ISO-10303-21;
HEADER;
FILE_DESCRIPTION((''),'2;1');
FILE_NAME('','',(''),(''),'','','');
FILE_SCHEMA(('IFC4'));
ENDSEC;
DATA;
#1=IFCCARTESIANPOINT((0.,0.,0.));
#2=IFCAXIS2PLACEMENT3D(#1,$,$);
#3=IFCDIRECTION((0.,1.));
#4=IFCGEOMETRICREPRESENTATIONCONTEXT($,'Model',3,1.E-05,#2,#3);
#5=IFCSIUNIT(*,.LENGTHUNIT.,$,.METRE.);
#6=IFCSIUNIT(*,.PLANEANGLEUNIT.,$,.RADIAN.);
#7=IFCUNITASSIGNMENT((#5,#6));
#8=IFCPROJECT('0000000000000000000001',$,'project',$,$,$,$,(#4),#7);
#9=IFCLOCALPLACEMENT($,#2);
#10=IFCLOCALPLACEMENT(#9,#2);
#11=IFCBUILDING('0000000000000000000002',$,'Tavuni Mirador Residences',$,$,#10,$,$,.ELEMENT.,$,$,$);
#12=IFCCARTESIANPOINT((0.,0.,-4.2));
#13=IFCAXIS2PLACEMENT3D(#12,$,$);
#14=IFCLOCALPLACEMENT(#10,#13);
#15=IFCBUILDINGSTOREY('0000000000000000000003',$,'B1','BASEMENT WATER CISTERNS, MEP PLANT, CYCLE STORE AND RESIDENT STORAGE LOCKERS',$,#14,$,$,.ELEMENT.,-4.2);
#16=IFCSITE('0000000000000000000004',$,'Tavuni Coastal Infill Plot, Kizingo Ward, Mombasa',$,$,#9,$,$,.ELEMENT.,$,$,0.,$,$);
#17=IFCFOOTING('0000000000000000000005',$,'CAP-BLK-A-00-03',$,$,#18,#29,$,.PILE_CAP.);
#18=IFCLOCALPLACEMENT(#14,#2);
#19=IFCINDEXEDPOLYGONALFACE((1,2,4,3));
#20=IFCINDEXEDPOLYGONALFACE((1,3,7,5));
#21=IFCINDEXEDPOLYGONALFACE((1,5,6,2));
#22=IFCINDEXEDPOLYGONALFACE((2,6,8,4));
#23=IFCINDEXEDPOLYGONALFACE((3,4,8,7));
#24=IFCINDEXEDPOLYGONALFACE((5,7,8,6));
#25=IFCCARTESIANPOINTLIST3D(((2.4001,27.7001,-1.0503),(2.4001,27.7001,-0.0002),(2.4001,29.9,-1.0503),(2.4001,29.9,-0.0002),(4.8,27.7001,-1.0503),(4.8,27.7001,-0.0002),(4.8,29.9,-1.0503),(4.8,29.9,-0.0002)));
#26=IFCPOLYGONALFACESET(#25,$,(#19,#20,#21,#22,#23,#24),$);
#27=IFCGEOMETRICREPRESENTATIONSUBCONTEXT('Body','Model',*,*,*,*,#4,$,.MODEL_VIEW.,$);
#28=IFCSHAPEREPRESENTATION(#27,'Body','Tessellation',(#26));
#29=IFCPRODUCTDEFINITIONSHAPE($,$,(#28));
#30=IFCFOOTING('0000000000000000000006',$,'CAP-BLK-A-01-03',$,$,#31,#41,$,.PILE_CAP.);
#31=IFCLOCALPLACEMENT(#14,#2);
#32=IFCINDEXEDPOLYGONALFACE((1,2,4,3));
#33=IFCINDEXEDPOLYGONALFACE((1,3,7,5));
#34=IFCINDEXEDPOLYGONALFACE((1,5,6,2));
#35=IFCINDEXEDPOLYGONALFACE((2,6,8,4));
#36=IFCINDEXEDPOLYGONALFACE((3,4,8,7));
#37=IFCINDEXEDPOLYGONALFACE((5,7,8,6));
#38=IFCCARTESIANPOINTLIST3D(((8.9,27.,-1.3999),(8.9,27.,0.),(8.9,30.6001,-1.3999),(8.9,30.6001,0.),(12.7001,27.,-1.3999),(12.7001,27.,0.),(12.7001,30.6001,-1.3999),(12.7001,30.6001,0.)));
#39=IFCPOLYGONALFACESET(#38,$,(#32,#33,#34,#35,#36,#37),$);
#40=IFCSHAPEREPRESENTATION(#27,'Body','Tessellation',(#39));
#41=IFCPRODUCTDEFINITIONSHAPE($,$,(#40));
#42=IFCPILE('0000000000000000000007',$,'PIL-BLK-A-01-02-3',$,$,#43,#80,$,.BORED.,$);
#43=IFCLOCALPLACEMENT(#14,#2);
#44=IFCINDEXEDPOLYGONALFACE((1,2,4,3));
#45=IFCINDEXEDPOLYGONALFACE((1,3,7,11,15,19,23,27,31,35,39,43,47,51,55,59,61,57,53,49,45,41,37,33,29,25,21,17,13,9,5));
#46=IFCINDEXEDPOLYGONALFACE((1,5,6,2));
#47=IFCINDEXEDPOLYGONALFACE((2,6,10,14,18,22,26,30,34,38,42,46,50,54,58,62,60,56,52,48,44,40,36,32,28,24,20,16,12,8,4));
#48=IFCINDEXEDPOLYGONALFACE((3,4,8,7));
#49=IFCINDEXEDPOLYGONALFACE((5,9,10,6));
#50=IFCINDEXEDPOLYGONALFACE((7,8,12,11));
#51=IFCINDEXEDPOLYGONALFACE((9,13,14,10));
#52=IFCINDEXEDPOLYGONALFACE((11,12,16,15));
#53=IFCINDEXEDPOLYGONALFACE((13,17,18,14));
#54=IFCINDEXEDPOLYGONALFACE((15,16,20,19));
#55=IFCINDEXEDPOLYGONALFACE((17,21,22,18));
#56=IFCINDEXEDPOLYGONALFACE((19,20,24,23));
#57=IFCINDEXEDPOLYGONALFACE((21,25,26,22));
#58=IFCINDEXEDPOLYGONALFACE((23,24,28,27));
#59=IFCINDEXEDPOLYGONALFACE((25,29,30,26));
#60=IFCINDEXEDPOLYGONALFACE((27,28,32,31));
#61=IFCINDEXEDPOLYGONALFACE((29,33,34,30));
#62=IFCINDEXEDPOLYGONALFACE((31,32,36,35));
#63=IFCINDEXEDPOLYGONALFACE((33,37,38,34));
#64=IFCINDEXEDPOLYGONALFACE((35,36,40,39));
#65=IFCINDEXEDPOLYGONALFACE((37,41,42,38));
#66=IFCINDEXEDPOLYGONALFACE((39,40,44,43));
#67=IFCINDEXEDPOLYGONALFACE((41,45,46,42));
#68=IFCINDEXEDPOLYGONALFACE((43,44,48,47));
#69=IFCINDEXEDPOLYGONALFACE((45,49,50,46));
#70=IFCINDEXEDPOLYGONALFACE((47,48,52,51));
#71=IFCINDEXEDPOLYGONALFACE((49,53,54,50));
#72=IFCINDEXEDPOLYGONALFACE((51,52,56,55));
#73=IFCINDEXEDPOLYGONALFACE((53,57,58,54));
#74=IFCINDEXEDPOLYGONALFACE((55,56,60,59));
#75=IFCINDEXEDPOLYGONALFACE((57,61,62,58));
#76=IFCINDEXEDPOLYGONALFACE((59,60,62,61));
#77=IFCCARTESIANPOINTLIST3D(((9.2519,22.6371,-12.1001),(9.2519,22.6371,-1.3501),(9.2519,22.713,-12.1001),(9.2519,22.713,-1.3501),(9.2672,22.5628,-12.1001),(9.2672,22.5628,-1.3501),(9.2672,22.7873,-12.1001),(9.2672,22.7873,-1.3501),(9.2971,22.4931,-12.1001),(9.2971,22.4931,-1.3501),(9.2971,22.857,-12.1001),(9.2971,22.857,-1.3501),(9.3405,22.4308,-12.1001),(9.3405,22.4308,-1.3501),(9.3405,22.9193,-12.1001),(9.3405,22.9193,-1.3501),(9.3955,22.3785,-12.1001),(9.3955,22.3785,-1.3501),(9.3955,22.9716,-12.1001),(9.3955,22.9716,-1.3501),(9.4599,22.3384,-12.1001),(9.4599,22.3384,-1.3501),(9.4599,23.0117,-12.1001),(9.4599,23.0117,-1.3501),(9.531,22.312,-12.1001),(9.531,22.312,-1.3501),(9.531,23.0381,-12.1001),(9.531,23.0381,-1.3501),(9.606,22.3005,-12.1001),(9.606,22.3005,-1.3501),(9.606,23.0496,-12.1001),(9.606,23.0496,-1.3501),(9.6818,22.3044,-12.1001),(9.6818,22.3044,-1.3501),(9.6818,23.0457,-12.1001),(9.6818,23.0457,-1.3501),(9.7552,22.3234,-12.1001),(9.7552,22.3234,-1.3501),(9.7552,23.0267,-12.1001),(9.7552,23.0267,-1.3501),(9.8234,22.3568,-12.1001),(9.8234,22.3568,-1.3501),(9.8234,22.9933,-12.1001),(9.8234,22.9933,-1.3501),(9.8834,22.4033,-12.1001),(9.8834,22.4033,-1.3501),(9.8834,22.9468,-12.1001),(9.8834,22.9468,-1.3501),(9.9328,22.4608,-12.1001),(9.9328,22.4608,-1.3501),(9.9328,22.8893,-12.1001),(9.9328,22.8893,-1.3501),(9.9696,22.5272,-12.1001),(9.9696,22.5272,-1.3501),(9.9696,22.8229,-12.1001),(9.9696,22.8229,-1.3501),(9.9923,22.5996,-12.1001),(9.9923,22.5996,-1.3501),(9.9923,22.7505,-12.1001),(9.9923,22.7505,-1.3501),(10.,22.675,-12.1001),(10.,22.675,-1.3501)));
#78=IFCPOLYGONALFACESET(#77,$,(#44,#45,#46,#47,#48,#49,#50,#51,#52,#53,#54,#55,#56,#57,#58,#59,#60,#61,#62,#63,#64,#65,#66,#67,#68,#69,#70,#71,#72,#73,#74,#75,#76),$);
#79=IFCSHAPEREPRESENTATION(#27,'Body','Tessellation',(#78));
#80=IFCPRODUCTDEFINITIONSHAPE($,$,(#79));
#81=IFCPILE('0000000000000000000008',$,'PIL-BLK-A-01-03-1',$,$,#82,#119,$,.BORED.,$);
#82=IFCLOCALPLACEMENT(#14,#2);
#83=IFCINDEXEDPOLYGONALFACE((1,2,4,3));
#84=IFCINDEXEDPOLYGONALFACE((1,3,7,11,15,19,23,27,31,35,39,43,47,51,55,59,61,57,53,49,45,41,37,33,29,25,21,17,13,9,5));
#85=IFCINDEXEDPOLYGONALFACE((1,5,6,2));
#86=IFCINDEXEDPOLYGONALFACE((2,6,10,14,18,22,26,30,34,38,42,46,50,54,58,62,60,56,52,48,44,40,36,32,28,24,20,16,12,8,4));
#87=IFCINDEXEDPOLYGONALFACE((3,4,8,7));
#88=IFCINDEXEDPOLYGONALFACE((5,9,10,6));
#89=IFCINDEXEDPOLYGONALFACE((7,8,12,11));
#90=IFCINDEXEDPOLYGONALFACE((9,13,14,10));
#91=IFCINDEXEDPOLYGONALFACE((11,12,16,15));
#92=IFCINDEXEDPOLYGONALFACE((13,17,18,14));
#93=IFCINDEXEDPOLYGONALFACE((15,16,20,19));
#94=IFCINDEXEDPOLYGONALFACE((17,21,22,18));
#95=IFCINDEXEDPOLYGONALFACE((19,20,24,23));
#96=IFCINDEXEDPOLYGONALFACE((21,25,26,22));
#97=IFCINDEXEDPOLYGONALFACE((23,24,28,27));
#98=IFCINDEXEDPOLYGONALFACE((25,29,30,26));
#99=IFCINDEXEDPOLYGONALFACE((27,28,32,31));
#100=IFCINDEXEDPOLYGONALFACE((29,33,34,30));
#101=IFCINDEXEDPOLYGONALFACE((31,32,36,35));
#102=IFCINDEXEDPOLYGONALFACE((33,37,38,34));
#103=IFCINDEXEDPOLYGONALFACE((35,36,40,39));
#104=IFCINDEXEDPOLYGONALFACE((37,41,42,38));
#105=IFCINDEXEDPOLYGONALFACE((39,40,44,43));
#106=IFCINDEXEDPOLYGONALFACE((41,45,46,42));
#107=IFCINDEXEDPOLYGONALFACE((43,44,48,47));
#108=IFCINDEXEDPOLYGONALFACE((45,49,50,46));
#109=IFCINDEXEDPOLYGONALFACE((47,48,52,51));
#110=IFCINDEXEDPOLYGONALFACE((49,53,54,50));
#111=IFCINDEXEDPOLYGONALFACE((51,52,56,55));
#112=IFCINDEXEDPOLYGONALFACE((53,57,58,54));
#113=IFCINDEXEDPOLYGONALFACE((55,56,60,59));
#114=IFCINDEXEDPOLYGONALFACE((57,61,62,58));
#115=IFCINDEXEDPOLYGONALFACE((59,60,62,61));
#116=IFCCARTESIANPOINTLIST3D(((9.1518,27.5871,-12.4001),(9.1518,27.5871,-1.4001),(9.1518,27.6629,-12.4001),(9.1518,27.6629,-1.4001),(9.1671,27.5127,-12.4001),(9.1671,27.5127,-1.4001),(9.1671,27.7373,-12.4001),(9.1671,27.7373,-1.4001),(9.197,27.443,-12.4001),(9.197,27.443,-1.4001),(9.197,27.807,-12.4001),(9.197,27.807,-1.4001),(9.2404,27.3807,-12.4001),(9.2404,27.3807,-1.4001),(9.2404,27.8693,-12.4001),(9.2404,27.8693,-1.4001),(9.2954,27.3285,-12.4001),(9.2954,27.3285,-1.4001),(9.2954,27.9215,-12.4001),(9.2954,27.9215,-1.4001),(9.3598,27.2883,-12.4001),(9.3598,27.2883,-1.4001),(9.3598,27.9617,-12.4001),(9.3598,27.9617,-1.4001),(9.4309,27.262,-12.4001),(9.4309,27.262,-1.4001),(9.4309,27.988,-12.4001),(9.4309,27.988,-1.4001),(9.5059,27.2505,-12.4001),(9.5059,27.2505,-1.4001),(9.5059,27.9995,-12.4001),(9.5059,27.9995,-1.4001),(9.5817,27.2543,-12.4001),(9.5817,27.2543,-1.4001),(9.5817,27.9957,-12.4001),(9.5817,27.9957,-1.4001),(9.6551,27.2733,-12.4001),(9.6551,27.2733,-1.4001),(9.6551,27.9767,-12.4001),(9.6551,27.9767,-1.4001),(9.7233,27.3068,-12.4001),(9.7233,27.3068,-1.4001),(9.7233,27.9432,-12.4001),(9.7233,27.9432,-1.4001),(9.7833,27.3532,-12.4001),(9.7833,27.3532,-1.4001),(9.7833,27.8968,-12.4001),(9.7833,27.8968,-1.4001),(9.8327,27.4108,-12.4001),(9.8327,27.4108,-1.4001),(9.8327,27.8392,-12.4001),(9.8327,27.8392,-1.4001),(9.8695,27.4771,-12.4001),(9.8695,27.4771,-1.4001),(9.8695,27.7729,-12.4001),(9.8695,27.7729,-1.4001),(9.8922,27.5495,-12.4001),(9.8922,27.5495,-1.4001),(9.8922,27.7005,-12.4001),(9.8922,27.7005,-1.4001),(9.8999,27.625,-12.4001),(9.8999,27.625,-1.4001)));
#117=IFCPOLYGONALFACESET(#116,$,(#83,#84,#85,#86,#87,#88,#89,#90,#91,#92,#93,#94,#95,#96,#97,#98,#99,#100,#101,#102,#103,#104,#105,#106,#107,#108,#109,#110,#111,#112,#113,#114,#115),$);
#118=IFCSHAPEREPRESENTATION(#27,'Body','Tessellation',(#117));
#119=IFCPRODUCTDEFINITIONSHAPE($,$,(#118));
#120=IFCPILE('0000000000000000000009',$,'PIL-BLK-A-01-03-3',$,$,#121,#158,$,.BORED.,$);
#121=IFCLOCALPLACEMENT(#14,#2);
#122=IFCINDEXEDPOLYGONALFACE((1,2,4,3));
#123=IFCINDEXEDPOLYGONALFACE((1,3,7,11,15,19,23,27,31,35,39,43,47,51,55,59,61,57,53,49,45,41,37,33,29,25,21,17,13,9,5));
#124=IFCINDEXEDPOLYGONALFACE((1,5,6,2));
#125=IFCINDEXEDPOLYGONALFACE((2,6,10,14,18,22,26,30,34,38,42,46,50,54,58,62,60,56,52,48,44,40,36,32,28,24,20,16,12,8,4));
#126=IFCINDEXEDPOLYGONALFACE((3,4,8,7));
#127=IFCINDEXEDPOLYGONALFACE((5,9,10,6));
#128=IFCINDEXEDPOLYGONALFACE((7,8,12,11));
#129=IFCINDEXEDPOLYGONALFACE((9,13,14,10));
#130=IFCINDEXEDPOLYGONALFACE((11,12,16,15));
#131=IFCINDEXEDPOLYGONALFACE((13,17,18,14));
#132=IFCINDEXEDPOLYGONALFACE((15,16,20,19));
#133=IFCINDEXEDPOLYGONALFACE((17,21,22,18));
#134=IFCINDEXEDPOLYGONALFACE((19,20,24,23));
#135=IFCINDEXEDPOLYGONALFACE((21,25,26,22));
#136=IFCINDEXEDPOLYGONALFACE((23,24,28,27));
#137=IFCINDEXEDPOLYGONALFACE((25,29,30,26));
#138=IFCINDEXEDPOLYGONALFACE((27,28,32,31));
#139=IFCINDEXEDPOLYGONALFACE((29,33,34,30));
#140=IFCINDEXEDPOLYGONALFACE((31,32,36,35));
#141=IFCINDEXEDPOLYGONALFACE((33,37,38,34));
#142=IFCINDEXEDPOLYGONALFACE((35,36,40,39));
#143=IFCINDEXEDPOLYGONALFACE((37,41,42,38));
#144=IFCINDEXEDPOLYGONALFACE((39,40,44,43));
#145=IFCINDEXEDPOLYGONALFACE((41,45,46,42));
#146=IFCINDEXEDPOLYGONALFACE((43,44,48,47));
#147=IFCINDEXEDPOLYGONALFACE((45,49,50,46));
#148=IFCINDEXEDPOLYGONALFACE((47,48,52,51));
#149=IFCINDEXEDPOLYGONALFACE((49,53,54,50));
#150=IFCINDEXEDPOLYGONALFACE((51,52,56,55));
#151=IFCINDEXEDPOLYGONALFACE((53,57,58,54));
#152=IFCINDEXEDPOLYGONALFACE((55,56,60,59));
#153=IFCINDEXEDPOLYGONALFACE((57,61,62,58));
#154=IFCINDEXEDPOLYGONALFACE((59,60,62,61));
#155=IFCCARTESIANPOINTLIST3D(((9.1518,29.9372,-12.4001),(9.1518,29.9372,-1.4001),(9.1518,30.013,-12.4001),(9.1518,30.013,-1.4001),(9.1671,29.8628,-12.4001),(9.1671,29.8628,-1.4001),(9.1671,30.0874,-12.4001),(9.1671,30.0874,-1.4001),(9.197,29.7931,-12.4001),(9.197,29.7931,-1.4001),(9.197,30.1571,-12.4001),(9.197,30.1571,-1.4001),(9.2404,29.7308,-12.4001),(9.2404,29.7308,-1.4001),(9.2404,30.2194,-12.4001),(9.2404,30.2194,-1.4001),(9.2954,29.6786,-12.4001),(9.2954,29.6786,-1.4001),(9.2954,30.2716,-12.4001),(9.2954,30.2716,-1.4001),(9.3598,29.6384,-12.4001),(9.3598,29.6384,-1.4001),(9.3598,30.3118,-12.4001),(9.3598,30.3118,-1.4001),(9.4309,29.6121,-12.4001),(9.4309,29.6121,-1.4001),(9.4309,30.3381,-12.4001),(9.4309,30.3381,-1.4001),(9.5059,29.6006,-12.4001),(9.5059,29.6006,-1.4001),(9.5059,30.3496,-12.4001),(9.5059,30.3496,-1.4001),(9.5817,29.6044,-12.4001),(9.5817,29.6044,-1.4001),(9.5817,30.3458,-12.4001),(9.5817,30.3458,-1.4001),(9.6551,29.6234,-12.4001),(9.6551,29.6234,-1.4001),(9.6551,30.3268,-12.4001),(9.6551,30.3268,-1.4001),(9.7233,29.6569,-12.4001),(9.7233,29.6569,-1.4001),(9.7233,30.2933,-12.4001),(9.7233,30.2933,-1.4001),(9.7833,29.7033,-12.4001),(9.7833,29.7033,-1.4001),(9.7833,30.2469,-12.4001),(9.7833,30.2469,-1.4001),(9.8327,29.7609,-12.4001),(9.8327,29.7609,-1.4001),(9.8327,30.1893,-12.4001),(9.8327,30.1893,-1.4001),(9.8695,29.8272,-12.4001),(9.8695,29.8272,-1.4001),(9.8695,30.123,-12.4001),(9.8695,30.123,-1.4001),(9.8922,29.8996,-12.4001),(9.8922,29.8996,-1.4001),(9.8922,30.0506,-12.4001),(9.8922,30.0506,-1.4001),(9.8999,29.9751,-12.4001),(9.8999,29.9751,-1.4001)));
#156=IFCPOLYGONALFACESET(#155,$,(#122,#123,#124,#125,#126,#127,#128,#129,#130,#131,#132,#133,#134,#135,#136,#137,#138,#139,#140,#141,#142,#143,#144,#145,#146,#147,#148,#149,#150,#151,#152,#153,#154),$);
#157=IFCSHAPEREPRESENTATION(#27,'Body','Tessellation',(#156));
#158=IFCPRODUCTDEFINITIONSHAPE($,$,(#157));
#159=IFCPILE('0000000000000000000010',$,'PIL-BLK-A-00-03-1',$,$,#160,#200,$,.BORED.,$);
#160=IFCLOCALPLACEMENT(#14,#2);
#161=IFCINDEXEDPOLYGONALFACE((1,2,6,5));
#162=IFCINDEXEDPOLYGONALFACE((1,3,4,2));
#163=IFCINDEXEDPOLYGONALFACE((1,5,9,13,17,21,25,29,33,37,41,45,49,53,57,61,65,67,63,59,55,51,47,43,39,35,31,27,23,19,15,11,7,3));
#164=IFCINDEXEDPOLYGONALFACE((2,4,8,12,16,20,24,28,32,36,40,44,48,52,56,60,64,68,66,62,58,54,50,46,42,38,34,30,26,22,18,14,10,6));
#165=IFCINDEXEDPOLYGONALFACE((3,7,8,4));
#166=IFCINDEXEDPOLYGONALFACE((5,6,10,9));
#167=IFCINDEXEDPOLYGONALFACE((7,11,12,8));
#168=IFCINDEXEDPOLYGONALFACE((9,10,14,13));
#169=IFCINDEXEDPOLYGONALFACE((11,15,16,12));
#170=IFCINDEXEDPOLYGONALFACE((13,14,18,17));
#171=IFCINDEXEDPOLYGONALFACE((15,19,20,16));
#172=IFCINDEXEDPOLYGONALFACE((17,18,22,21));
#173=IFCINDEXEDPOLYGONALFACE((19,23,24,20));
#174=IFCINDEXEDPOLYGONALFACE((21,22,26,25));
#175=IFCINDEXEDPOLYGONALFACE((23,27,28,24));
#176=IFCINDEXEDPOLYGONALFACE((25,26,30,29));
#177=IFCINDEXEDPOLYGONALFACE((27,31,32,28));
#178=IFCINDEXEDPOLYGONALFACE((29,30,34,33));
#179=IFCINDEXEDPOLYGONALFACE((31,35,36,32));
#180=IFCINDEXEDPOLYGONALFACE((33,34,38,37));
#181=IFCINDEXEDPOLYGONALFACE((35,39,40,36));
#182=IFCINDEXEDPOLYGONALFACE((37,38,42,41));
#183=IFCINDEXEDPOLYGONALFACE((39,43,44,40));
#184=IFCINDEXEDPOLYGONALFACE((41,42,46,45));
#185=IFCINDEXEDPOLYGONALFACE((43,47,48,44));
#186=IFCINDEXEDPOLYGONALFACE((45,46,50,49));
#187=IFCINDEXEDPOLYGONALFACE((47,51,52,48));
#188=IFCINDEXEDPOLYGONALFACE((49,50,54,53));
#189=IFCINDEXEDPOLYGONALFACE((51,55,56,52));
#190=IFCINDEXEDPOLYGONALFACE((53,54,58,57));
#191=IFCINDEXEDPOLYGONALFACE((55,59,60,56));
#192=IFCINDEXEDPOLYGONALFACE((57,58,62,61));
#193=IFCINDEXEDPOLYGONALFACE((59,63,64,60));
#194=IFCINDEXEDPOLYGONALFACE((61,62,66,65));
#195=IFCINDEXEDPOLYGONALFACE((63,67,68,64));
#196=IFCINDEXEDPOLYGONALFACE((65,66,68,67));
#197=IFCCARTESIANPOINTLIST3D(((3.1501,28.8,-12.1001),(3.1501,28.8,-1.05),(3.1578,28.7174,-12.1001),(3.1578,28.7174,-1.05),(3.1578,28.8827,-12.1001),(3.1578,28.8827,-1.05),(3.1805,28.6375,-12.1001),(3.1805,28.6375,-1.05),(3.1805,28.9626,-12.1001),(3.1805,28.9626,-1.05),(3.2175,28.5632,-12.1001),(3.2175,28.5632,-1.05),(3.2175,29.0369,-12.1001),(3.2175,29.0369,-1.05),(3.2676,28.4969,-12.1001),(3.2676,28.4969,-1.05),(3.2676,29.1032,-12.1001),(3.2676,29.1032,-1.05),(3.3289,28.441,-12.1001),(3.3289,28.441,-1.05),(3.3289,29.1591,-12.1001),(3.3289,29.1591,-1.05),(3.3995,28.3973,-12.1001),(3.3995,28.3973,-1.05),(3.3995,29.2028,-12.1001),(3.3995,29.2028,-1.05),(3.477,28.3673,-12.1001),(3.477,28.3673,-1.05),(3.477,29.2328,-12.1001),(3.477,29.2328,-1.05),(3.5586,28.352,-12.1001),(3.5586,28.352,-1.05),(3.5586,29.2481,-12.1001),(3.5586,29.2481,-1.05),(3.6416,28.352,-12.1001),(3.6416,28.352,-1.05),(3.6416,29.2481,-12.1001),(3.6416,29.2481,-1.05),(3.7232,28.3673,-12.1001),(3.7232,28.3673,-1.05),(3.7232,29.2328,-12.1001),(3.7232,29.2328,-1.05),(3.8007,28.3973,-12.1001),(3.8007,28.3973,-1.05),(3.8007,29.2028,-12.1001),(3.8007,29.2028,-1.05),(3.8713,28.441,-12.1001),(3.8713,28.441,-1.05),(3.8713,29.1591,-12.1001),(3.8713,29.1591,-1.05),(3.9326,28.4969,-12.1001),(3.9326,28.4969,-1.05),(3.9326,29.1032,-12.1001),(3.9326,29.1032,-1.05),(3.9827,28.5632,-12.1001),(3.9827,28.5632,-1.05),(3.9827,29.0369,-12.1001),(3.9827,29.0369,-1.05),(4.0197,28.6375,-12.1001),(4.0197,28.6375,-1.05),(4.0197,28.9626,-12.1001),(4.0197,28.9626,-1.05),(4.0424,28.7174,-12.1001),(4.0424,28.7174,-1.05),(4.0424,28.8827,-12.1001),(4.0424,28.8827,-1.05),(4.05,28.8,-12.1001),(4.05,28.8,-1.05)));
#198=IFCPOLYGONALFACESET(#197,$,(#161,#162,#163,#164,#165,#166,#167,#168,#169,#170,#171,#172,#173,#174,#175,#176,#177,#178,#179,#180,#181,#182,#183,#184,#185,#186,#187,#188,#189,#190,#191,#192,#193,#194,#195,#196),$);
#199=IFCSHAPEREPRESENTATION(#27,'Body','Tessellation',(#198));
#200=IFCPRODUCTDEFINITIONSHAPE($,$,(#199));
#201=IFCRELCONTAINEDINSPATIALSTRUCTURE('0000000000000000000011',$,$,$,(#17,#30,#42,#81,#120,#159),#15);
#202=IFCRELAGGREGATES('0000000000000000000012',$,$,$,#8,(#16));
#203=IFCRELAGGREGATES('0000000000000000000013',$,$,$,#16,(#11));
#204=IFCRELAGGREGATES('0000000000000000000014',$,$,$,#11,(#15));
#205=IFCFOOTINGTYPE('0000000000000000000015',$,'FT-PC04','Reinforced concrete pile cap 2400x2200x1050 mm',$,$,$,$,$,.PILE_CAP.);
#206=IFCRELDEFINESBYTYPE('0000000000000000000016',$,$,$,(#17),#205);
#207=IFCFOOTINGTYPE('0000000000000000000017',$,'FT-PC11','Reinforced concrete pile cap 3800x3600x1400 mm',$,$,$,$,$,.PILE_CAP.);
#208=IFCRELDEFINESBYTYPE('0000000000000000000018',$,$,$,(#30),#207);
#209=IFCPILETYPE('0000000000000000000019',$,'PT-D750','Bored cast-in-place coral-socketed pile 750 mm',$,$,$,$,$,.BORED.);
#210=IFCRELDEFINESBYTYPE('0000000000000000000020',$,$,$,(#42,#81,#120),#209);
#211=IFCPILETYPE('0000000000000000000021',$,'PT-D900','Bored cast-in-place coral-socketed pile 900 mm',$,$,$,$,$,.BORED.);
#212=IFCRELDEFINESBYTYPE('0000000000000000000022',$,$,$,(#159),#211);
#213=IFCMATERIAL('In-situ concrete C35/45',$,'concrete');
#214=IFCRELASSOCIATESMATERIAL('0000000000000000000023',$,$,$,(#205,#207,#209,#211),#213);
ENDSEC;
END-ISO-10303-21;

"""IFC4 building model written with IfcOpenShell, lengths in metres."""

from ifc_helpers import new_model, si_unit, direction, frame, origin, origin_2d, place, context, subcontext, project, spatial, rectangle, circle, extrude, material, material_profile, profile_set, type_object, element, save


model = new_model("IFC4")

# Units and contexts
model_context = context("Model", 3, precision=1e-05, world=origin(), true_north=direction((0.0, 1.0)))
body_context = subcontext(model_context, "Body", "Model", "MODEL_VIEW")
ifc_project = project(units=[si_unit("LENGTHUNIT", "METRE"), si_unit("PLANEANGLEUNIT", "RADIAN")], contexts=[model_context])

# Site, building, storey
site_placement = place(None, origin())
site = spatial("IfcSite", under=ifc_project, at=site_placement, Name="Tavuni Coastal Infill Plot, Kizingo Ward, Mombasa", CompositionType="ELEMENT", RefElevation=0.0)
building_placement = place(site_placement, origin())
building = spatial("IfcBuilding", under=site, at=building_placement, Name="Tavuni Mirador Residences", CompositionType="ELEMENT")
storey_placement = place(building_placement, frame((0.0, 0.0, -4.2)))
storey = spatial("IfcBuildingStorey", under=building, at=storey_placement, Name="B1", Description="BASEMENT WATER CISTERNS, MEP PLANT, CYCLE STORE AND RESIDENT STORAGE LOCKERS", CompositionType="ELEMENT", Elevation=-4.2)

# Footings
ifc_material_1 = material(Name="In-situ concrete C35/45", Category="concrete")
footing_type_1 = type_object("IfcFootingType", Name="FT-PC04", Description="Reinforced concrete pile cap 2400x2200x1050 mm", PredefinedType="PILE_CAP", material=ifc_material_1)
footing_1_placement = place(storey_placement, frame((3.6001, 28.8, -1.0503), z_axis=(0.0, 0.0, 1.0), x_axis=(1.0, 0.0, 0.0)))
element("IfcFooting", 1, at=footing_1_placement, inside=storey, type_object=footing_type_1, Name="CAP-BLK-A-00-03", PredefinedType="PILE_CAP", context=body_context, shape_type="SweptSolid", body=[
    extrude(rectangle(XDim=2.3999, YDim=2.2, at=origin_2d()), origin(), (0.0, 0.0, 1.0), 1.05),
])
footing_type_2 = type_object("IfcFootingType", Name="FT-PC11", Description="Reinforced concrete pile cap 3800x3600x1400 mm", PredefinedType="PILE_CAP", material=ifc_material_1)
footing_2_placement = place(storey_placement, frame((10.8, 28.8, -1.3999), z_axis=(0.0, 0.0, 1.0), x_axis=(1.0, 0.0, 0.0)))
element("IfcFooting", 2, at=footing_2_placement, inside=storey, type_object=footing_type_2, Name="CAP-BLK-A-01-03", PredefinedType="PILE_CAP", context=body_context, shape_type="SweptSolid", body=[
    extrude(rectangle(XDim=3.8, YDim=3.6001, at=origin_2d()), origin(), (0.0, 0.0, 1.0), 1.3999),
])

# Piles
ifc_material_profile_1 = material_profile(ifc_material_1, circle(Radius=0.375, at=origin_2d()), Name="PILE D750", Category="concrete")
ifc_profile_set_1 = profile_set([ifc_material_profile_1], Name="In-situ concrete C35/45")
pile_type_1 = type_object("IfcPileType", Name="PT-D750", Description="Bored cast-in-place coral-socketed pile 750 mm", PredefinedType="BORED", material=ifc_profile_set_1)
pile_1_placement = place(storey_placement, frame((9.625, 22.675, -1.3501), z_axis=(0.0, 0.0, -1.0), x_axis=(1.0, 0.0, 0.0)))
element("IfcPile", 3, at=pile_1_placement, inside=storey, type_object=pile_type_1, Name="PIL-BLK-A-01-02-3", PredefinedType="BORED", context=body_context, shape_type="SweptSolid", body=[
    extrude(circle(Radius=0.375, at=origin_2d()), origin(), (0.0, 0.0, 1.0), 10.75),
])
for number, where, z_axis, x_axis, name in (
    (4, (9.5249, 27.625, -1.4001), (0.0, 0.0, -1.0), (1.0, 0.0, 0.0), "PIL-BLK-A-01-03-1"),
    (5, (9.5249, 29.9751, -1.4001), (0.0, 0.0, -1.0), (1.0, 0.0, 0.0), "PIL-BLK-A-01-03-3"),
):
    element("IfcPile", number, at=place(storey_placement, frame(where, z_axis=z_axis, x_axis=x_axis)), inside=storey, type_object=pile_type_1, Name=name, PredefinedType="BORED", context=body_context, shape_type="SweptSolid", body=[
        extrude(circle(Radius=0.375, at=origin_2d()), origin(), (0.0, 0.0, 1.0), 11.0),
    ])
ifc_material_profile_2 = material_profile(ifc_material_1, circle(Radius=0.45, at=origin_2d()), Name="PILE D900", Category="concrete")
ifc_profile_set_2 = profile_set([ifc_material_profile_2], Name="In-situ concrete C35/45")
pile_type_2 = type_object("IfcPileType", Name="PT-D900", Description="Bored cast-in-place coral-socketed pile 900 mm", PredefinedType="BORED", material=ifc_profile_set_2)
pile_2_placement = place(storey_placement, frame((3.6001, 28.8, -1.05), z_axis=(0.0, 0.0, -1.0), x_axis=(1.0, 0.0, 0.0)))
element("IfcPile", 6, at=pile_2_placement, inside=storey, type_object=pile_type_2, Name="PIL-BLK-A-00-03-1", PredefinedType="BORED", context=body_context, shape_type="SweptSolid", body=[
    extrude(circle(Radius=0.45, at=origin_2d()), origin(), (0.0, 0.0, 1.0), 11.05),
])

save(model, "model.ifc")
